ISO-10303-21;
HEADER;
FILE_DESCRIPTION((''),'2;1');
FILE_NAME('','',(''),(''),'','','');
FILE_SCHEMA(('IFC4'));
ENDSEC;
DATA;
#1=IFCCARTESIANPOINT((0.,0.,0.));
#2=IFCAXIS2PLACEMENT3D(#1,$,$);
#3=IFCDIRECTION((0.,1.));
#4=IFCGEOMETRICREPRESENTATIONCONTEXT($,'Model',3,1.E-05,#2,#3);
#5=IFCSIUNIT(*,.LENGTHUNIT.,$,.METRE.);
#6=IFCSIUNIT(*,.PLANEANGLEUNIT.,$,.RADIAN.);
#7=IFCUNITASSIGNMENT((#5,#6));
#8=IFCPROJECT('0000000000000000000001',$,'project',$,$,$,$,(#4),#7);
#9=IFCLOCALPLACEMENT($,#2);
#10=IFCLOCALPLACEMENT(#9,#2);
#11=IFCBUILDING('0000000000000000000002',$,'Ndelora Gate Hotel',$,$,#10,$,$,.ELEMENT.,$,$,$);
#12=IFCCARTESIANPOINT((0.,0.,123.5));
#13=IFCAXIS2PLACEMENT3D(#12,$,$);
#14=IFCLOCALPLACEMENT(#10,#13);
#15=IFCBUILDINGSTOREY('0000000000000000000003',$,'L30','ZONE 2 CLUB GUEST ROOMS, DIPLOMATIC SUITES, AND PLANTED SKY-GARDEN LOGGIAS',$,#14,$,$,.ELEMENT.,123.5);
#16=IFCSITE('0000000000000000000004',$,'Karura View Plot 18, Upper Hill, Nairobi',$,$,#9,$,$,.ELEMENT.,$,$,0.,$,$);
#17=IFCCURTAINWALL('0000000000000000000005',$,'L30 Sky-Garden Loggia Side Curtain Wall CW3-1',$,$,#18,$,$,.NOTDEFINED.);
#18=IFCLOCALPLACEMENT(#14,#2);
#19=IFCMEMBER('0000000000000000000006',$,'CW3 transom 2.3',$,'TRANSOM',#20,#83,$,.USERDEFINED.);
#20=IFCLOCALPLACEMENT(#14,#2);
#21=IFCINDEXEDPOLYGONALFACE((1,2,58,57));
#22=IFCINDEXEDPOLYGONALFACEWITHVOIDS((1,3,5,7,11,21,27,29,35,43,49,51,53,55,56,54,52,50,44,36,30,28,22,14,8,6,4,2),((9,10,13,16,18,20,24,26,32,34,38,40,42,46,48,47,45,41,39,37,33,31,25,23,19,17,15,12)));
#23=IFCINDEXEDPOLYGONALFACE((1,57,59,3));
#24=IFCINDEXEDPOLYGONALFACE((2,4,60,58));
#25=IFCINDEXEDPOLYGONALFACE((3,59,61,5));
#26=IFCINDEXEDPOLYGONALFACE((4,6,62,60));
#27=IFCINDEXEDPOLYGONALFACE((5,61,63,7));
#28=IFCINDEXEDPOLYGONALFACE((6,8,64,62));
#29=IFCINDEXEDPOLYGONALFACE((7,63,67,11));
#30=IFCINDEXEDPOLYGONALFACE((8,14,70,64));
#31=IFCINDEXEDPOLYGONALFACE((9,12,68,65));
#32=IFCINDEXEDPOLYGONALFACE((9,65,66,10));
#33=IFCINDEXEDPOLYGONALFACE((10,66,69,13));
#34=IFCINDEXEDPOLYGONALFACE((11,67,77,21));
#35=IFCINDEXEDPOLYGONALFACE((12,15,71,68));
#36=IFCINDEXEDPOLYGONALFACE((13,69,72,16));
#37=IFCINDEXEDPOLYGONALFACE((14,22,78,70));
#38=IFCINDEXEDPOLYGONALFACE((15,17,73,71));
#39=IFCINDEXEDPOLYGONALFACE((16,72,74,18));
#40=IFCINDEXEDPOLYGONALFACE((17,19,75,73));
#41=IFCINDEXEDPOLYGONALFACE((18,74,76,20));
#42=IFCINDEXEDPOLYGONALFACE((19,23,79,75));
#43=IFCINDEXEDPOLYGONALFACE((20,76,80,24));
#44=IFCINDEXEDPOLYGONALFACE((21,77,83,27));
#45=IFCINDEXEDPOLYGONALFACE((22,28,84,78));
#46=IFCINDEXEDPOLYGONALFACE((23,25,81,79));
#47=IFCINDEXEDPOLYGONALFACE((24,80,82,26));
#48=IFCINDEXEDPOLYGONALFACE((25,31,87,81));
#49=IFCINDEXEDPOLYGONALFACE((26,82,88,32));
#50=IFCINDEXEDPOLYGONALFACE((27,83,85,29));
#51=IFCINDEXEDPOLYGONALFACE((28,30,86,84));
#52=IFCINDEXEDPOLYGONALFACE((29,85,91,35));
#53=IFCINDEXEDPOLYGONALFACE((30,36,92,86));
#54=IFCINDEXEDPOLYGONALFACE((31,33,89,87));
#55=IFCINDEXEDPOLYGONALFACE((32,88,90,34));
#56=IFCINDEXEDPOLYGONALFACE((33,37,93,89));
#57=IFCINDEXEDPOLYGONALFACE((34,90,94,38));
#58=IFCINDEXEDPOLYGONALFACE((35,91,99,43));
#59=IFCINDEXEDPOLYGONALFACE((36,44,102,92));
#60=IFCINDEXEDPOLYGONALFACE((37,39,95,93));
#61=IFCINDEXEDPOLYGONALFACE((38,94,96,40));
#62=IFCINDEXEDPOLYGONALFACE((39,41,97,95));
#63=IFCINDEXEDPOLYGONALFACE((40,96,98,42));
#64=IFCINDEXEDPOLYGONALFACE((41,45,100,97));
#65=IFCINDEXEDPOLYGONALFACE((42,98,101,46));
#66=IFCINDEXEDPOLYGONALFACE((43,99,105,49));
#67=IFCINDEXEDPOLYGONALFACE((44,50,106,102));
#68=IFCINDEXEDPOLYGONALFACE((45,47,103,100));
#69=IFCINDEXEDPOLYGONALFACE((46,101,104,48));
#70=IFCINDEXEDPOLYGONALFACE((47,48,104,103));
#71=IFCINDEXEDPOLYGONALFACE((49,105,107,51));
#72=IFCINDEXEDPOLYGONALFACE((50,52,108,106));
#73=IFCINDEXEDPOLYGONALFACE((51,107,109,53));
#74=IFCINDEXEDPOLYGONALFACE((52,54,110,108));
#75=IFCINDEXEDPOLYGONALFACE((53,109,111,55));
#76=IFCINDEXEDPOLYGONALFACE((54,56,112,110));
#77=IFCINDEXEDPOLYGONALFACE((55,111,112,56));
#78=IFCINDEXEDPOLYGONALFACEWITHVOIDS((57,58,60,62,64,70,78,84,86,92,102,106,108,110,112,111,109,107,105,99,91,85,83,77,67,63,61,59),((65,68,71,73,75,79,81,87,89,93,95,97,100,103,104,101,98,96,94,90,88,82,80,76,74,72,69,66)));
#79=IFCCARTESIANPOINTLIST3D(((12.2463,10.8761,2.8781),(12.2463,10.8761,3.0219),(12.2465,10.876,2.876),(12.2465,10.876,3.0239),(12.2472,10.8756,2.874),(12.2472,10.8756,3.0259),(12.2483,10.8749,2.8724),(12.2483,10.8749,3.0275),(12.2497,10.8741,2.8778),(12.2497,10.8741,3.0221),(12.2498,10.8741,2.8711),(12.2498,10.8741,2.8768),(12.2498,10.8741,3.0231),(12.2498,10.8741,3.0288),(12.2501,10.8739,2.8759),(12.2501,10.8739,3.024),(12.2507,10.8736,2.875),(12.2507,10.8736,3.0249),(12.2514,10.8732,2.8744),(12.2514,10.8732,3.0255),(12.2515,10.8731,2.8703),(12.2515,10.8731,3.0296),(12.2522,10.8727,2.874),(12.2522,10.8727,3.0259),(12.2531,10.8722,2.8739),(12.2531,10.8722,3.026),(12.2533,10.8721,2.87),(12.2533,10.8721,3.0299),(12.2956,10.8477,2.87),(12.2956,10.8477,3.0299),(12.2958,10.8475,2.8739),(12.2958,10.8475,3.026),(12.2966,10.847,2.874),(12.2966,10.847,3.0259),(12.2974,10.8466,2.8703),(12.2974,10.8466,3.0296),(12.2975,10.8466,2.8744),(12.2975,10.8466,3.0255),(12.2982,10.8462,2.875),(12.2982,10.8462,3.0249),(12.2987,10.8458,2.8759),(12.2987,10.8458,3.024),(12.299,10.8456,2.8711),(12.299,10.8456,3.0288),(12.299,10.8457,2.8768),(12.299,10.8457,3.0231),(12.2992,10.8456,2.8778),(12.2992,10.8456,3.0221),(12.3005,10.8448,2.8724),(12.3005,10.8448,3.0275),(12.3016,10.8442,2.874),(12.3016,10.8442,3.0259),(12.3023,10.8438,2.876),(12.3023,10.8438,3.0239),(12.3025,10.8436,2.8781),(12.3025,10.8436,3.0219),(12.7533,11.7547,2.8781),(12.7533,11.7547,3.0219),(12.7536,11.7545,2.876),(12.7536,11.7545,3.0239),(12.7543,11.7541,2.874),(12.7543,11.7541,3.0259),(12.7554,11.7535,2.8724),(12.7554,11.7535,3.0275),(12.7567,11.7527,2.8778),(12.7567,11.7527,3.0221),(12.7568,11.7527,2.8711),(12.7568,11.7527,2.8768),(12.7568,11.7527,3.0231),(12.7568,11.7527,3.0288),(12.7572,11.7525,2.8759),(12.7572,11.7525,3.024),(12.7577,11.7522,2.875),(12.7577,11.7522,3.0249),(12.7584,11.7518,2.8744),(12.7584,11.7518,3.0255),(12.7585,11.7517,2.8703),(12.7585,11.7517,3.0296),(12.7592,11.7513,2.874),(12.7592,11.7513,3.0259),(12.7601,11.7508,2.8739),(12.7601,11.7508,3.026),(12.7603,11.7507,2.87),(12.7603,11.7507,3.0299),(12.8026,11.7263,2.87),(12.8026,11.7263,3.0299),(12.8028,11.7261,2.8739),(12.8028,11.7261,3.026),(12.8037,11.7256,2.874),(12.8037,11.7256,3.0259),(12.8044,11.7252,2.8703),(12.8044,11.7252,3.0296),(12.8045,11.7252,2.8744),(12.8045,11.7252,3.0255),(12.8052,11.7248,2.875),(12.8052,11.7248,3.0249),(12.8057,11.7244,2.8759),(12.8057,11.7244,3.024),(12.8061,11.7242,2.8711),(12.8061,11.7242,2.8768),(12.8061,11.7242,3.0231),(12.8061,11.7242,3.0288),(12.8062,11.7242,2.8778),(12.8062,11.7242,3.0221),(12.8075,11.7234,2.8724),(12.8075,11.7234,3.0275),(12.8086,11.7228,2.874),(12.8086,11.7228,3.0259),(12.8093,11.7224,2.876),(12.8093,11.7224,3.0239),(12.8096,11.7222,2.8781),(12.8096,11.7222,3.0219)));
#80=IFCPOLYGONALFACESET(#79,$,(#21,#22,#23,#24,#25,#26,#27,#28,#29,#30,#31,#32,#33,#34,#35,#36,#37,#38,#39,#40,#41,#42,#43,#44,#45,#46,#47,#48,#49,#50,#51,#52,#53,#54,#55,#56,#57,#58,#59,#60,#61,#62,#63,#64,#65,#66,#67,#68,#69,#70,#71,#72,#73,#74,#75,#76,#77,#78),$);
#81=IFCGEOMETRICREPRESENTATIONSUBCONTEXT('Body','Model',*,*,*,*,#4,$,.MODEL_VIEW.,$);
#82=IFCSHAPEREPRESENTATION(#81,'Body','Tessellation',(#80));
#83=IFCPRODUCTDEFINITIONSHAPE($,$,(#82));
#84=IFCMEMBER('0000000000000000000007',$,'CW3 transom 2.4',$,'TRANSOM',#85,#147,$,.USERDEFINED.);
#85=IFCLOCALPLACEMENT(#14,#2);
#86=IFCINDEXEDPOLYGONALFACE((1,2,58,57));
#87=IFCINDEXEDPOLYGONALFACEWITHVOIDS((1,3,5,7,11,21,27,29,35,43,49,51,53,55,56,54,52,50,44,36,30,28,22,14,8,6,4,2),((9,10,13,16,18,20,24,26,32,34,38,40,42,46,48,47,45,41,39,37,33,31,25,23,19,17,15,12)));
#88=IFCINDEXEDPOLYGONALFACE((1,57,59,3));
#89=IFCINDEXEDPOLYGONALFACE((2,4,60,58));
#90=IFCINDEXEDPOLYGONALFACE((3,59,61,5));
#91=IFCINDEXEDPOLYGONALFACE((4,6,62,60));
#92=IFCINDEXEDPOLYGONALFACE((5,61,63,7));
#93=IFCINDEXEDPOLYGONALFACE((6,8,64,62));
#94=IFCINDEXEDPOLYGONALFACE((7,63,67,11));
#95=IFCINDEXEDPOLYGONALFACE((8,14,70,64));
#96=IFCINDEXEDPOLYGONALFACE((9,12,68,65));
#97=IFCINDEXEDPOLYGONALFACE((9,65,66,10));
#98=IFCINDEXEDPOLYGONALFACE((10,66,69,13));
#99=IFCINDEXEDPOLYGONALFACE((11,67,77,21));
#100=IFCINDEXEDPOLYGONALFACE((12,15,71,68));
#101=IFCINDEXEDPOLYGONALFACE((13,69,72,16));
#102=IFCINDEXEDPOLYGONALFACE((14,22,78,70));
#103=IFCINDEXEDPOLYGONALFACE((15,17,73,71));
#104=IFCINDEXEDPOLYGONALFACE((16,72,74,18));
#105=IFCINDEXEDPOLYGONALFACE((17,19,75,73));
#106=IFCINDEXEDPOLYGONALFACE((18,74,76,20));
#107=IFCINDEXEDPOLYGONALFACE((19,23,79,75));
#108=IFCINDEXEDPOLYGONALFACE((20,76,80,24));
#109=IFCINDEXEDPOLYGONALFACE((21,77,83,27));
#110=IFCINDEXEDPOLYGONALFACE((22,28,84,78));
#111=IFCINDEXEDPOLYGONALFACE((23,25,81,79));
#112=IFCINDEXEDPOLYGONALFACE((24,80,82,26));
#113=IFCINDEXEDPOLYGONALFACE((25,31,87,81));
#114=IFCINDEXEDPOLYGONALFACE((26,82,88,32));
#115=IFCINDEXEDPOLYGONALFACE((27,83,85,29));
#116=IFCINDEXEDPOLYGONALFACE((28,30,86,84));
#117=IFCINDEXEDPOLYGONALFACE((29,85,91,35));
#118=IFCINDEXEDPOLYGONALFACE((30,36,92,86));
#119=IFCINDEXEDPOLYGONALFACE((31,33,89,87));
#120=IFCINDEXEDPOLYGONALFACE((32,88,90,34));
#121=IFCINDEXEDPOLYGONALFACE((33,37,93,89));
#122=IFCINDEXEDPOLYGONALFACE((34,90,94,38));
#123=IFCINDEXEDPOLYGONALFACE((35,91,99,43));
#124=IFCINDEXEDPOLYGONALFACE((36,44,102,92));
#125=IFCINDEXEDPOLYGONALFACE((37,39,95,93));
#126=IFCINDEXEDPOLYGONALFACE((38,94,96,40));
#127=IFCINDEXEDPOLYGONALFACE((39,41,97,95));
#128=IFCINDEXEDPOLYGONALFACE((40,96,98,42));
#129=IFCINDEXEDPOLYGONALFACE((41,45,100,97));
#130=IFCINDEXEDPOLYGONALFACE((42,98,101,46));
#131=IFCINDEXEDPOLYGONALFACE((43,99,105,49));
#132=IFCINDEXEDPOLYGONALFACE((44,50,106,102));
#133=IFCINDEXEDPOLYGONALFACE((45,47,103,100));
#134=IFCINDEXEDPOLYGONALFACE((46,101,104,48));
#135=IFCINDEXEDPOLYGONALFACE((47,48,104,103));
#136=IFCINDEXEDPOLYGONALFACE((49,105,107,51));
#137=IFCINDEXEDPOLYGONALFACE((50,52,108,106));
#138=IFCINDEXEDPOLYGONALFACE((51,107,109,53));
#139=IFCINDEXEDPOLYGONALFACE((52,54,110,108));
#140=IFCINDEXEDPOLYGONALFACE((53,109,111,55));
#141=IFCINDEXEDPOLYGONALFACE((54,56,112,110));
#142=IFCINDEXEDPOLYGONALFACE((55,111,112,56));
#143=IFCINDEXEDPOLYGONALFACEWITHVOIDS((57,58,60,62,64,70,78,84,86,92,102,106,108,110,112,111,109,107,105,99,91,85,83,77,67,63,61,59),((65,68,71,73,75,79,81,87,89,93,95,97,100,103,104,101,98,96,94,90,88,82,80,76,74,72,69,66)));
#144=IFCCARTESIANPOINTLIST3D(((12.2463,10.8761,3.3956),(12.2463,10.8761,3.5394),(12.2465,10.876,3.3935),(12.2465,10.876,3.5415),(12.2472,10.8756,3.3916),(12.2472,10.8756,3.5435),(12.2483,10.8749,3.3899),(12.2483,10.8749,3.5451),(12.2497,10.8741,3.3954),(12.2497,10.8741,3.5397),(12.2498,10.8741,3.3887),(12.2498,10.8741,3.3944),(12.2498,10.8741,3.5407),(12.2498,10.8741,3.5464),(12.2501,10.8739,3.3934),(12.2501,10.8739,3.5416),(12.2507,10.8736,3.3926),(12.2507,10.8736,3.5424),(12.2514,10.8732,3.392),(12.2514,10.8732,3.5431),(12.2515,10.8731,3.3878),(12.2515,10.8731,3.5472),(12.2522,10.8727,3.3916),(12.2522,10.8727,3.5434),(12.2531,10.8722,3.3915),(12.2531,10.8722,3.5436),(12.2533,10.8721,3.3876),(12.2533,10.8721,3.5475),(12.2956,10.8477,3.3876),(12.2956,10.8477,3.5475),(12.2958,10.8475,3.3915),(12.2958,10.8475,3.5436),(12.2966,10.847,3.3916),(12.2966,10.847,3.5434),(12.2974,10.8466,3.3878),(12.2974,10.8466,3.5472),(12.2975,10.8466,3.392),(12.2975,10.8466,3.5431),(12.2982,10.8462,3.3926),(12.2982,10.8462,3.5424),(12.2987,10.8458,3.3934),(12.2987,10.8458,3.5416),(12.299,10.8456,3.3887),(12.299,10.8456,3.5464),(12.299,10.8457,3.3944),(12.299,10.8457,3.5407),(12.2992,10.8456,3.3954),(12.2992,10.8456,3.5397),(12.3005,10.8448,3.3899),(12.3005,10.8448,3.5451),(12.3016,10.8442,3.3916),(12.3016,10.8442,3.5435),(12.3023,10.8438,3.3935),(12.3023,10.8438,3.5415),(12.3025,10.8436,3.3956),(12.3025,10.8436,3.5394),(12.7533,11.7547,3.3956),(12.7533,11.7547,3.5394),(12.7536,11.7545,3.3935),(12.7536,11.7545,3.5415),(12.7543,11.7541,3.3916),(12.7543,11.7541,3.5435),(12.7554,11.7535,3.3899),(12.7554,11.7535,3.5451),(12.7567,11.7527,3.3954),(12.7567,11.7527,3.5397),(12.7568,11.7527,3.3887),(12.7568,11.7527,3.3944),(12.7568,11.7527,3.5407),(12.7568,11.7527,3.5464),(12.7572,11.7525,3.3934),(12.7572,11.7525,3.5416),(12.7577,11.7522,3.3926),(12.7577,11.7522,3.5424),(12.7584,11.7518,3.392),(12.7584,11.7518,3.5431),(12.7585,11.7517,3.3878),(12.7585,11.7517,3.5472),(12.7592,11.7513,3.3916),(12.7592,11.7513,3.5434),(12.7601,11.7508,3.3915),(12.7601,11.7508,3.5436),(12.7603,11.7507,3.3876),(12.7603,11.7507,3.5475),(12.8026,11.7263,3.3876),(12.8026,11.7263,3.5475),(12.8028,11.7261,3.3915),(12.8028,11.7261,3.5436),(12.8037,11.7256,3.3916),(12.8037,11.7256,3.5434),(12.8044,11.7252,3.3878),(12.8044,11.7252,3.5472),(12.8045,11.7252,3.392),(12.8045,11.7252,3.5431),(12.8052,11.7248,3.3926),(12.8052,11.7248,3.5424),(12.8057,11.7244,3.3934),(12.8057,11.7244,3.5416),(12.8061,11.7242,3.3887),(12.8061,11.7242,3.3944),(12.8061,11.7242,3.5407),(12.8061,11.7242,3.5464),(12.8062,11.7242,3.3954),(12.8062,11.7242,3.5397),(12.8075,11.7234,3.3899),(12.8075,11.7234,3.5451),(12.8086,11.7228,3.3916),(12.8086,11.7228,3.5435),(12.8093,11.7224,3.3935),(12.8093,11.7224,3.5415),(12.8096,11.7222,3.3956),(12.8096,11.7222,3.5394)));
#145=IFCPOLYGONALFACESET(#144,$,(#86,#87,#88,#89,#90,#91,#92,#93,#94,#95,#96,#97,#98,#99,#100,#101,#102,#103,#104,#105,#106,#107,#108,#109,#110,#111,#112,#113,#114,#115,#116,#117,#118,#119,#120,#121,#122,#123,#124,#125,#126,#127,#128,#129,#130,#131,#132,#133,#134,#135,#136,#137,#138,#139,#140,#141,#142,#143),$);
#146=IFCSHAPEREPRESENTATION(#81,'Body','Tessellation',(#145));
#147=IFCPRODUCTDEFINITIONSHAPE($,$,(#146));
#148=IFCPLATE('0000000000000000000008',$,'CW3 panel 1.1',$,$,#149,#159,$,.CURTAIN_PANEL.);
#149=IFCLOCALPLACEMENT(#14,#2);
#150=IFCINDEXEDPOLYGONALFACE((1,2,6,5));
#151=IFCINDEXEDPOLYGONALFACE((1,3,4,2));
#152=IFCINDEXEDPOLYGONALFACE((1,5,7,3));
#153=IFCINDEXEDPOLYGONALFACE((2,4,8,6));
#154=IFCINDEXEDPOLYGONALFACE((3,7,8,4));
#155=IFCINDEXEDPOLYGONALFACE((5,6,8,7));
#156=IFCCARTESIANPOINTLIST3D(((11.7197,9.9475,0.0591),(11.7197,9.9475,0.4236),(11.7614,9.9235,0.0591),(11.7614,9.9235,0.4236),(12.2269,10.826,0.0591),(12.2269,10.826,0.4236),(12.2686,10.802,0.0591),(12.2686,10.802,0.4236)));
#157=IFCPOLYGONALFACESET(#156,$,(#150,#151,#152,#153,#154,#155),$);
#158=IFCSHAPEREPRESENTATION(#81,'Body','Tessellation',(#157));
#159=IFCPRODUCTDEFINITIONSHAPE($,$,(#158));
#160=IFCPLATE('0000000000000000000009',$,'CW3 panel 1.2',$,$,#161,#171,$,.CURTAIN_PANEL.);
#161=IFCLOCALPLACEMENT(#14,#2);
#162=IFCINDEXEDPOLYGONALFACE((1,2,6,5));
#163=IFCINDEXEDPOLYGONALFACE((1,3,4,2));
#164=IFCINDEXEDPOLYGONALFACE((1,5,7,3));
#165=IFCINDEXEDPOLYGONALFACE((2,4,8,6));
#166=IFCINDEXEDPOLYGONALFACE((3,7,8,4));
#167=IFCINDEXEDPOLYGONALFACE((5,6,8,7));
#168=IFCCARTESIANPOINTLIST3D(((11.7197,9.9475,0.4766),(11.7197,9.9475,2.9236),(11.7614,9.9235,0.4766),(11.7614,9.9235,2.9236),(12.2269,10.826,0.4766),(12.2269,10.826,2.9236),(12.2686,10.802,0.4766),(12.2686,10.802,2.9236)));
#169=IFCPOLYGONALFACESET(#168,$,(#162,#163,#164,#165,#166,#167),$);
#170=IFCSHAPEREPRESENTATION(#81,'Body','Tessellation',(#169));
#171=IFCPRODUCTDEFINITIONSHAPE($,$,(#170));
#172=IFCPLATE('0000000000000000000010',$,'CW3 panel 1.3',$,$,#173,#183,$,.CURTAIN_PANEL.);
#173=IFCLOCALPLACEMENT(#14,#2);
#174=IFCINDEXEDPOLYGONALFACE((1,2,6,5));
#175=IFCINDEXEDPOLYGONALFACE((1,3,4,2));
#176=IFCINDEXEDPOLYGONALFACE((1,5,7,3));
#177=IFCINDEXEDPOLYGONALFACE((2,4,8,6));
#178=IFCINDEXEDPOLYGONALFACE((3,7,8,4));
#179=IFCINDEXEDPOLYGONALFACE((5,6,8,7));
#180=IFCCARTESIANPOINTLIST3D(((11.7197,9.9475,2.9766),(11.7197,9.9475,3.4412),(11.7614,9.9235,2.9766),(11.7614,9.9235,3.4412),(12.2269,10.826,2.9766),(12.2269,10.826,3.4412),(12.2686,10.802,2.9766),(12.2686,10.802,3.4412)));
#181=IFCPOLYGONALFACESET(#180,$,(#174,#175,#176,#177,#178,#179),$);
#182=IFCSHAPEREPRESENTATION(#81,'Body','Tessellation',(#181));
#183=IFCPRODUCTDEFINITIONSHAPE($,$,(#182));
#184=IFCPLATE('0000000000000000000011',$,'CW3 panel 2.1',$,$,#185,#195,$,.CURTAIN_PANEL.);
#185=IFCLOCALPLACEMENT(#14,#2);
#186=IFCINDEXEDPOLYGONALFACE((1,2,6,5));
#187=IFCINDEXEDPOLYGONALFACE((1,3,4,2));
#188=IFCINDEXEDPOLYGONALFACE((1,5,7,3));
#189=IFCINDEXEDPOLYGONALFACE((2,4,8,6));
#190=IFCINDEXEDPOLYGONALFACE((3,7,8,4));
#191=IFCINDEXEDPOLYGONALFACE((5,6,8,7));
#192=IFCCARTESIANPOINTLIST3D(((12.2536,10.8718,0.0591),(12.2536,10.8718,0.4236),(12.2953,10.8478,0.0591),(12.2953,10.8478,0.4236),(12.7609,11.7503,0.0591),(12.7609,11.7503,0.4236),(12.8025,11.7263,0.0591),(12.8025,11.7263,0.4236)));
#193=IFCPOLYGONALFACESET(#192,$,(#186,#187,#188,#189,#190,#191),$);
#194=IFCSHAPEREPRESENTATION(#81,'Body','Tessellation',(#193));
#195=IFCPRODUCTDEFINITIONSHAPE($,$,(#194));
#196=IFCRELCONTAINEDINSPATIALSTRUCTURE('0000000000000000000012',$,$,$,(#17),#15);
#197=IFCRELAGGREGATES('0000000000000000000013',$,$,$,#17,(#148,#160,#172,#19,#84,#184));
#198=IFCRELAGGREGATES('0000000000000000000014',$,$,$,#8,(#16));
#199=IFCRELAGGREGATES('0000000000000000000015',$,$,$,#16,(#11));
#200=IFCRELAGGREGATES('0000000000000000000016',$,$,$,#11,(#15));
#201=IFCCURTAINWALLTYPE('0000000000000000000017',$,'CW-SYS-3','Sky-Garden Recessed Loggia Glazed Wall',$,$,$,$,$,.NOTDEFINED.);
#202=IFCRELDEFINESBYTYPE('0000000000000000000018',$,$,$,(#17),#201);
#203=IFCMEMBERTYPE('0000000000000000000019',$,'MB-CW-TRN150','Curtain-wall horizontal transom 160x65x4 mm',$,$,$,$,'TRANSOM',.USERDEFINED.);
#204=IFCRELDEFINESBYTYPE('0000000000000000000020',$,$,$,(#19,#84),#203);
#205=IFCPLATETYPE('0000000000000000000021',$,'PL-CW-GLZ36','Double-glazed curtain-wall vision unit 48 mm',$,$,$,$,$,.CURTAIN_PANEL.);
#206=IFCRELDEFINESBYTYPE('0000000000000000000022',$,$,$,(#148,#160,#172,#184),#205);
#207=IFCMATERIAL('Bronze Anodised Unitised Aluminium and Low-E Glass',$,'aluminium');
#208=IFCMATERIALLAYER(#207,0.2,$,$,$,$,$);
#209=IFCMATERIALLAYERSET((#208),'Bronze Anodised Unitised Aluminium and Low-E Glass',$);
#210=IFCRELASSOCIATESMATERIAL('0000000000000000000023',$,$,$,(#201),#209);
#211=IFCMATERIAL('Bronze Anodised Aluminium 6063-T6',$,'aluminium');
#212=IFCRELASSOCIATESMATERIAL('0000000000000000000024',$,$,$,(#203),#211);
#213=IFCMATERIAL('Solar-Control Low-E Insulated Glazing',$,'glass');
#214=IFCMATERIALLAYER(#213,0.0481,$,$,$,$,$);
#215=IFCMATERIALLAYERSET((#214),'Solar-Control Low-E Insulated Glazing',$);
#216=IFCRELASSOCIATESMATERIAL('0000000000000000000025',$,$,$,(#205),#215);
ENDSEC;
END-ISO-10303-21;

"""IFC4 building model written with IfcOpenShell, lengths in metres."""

from ifc_helpers import new_model, si_unit, direction, frame, origin, origin_2d, place, context, subcontext, project, spatial, rectangle, hollow_rectangle, extrude, material, layer, layer_set, material_profile, profile_set, type_object, element, aggregate, save


model = new_model("IFC4")

# Units and contexts
model_context = context("Model", 3, precision=1e-05, world=origin(), true_north=direction((0.0, 1.0)))
body_context = subcontext(model_context, "Body", "Model", "MODEL_VIEW")
ifc_project = project(units=[si_unit("LENGTHUNIT", "METRE"), si_unit("PLANEANGLEUNIT", "RADIAN")], contexts=[model_context])

# Site, building, storey
site_placement = place(None, origin())
site = spatial("IfcSite", under=ifc_project, at=site_placement, Name="Karura View Plot 18, Upper Hill, Nairobi", CompositionType="ELEMENT", RefElevation=0.0)
building_placement = place(site_placement, origin())
building = spatial("IfcBuilding", under=site, at=building_placement, Name="Ndelora Gate Hotel", CompositionType="ELEMENT")
storey_placement = place(building_placement, frame((0.0, 0.0, 123.5)))
storey = spatial("IfcBuildingStorey", under=building, at=storey_placement, Name="L30", Description="ZONE 2 CLUB GUEST ROOMS, DIPLOMATIC SUITES, AND PLANTED SKY-GARDEN LOGGIAS", CompositionType="ELEMENT", Elevation=123.5)

# Curtain wall, members, plates
ifc_material_1 = material(Name="Bronze Anodised Unitised Aluminium and Low-E Glass", Category="aluminium")
ifc_layer_1 = layer(ifc_material_1, 0.2)
ifc_layer_set_1 = layer_set([ifc_layer_1], Name="Bronze Anodised Unitised Aluminium and Low-E Glass")
curtain_wall_type = type_object("IfcCurtainWallType", Name="CW-SYS-3", Description="Sky-Garden Recessed Loggia Glazed Wall", PredefinedType="NOTDEFINED", material=ifc_layer_set_1)
curtain_wall_placement = place(storey_placement, origin())
curtain_wall = element("IfcCurtainWall", 1, at=curtain_wall_placement, inside=storey, type_object=curtain_wall_type, Name="L30 Sky-Garden Loggia Side Curtain Wall CW3-1", PredefinedType="NOTDEFINED")
ifc_material_2 = material(Name="Bronze Anodised Aluminium 6063-T6", Category="aluminium")
ifc_material_profile_1 = material_profile(ifc_material_2, hollow_rectangle(XDim=0.0649, YDim=0.1599, WallThickness=0.0039, InnerFilletRadius=0.0039, OuterFilletRadius=0.0081, at=origin_2d()), Name="ALU 160x65x4")
ifc_profile_set_1 = profile_set([ifc_material_profile_1], Name="Bronze Anodised Aluminium 6063-T6")
member_type_1 = type_object("IfcMemberType", Name="MB-CW-TRN150", Description="Curtain-wall horizontal transom 160x65x4 mm", ElementType="TRANSOM", PredefinedType="USERDEFINED", material=ifc_profile_set_1)
member_1_placement = place(storey_placement, frame((12.2744, 10.8599, 2.95), z_axis=(0.499841, 0.866117, 0.0), x_axis=(-0.866117, 0.499841, 0.0)))
member_1 = element("IfcMember", 2, at=member_1_placement, type_object=member_type_1, Name="CW3 transom 2.3", ObjectType="TRANSOM", PredefinedType="USERDEFINED", context=body_context, shape_type="SweptSolid", body=[
    extrude(hollow_rectangle(XDim=0.0649, YDim=0.1599, WallThickness=0.0039, InnerFilletRadius=0.0039, OuterFilletRadius=0.0081, at=origin_2d()), origin(), (0.0, 0.0, 1.0), 1.0144),
])
member_2_placement = place(storey_placement, frame((12.2744, 10.8599, 3.4675), z_axis=(0.499841, 0.866117, 0.0), x_axis=(-0.866117, 0.499841, 0.0)))
member_2 = element("IfcMember", 3, at=member_2_placement, type_object=member_type_1, Name="CW3 transom 2.4", ObjectType="TRANSOM", PredefinedType="USERDEFINED", context=body_context, shape_type="SweptSolid", body=[
    extrude(hollow_rectangle(XDim=0.0649, YDim=0.1599, WallThickness=0.0039, InnerFilletRadius=0.0039, OuterFilletRadius=0.0081, at=origin_2d()), origin(), (0.0, 0.0, 1.0), 1.0144),
])
ifc_material_3 = material(Name="Solar-Control Low-E Insulated Glazing", Category="glass")
ifc_layer_2 = layer(ifc_material_3, 0.0481)
ifc_layer_set_2 = layer_set([ifc_layer_2], Name="Solar-Control Low-E Insulated Glazing")
plate_type = type_object("IfcPlateType", Name="PL-CW-GLZ36", Description="Double-glazed curtain-wall vision unit 48 mm", PredefinedType="CURTAIN_PANEL", material=ifc_layer_set_2)
plate_1_placement = place(storey_placement, frame((11.9941, 10.3748, 0.0591), z_axis=(0.0, 0.0, 1.0), x_axis=(0.500011, 0.866019, 0.0)))
plate_1 = element("IfcPlate", 4, at=plate_1_placement, type_object=plate_type, Name="CW3 panel 1.1", PredefinedType="CURTAIN_PANEL", context=body_context, shape_type="SweptSolid", body=[
    extrude(rectangle(XDim=1.0144, YDim=0.0481, at=origin_2d()), origin(), (0.0, 0.0, 1.0), 0.3645),
])
plate_2_placement = place(storey_placement, frame((11.9941, 10.3748, 0.4766), z_axis=(0.0, 0.0, 1.0), x_axis=(0.500011, 0.866019, 0.0)))
plate_2 = element("IfcPlate", 5, at=plate_2_placement, type_object=plate_type, Name="CW3 panel 1.2", PredefinedType="CURTAIN_PANEL", context=body_context, shape_type="SweptSolid", body=[
    extrude(rectangle(XDim=1.0144, YDim=0.0481, at=origin_2d()), origin(), (0.0, 0.0, 1.0), 2.447),
])
plate_3_placement = place(storey_placement, frame((11.9941, 10.3748, 2.9766), z_axis=(0.0, 0.0, 1.0), x_axis=(0.500011, 0.866019, 0.0)))
plate_3 = element("IfcPlate", 6, at=plate_3_placement, type_object=plate_type, Name="CW3 panel 1.3", PredefinedType="CURTAIN_PANEL", context=body_context, shape_type="SweptSolid", body=[
    extrude(rectangle(XDim=1.0144, YDim=0.0481, at=origin_2d()), origin(), (0.0, 0.0, 1.0), 0.4646),
])
plate_4_placement = place(storey_placement, frame((12.5281, 11.2991, 0.0591), z_axis=(0.0, 0.0, 1.0), x_axis=(0.500011, 0.866019, 0.0)))
plate_4 = element("IfcPlate", 7, at=plate_4_placement, type_object=plate_type, Name="CW3 panel 2.1", PredefinedType="CURTAIN_PANEL", context=body_context, shape_type="SweptSolid", body=[
    extrude(rectangle(XDim=1.0144, YDim=0.0481, at=origin_2d()), origin(), (0.0, 0.0, 1.0), 0.3645),
])
aggregate(curtain_wall, [plate_1, plate_2, plate_3, member_1, member_2, plate_4])

save(model, "model.ifc")
